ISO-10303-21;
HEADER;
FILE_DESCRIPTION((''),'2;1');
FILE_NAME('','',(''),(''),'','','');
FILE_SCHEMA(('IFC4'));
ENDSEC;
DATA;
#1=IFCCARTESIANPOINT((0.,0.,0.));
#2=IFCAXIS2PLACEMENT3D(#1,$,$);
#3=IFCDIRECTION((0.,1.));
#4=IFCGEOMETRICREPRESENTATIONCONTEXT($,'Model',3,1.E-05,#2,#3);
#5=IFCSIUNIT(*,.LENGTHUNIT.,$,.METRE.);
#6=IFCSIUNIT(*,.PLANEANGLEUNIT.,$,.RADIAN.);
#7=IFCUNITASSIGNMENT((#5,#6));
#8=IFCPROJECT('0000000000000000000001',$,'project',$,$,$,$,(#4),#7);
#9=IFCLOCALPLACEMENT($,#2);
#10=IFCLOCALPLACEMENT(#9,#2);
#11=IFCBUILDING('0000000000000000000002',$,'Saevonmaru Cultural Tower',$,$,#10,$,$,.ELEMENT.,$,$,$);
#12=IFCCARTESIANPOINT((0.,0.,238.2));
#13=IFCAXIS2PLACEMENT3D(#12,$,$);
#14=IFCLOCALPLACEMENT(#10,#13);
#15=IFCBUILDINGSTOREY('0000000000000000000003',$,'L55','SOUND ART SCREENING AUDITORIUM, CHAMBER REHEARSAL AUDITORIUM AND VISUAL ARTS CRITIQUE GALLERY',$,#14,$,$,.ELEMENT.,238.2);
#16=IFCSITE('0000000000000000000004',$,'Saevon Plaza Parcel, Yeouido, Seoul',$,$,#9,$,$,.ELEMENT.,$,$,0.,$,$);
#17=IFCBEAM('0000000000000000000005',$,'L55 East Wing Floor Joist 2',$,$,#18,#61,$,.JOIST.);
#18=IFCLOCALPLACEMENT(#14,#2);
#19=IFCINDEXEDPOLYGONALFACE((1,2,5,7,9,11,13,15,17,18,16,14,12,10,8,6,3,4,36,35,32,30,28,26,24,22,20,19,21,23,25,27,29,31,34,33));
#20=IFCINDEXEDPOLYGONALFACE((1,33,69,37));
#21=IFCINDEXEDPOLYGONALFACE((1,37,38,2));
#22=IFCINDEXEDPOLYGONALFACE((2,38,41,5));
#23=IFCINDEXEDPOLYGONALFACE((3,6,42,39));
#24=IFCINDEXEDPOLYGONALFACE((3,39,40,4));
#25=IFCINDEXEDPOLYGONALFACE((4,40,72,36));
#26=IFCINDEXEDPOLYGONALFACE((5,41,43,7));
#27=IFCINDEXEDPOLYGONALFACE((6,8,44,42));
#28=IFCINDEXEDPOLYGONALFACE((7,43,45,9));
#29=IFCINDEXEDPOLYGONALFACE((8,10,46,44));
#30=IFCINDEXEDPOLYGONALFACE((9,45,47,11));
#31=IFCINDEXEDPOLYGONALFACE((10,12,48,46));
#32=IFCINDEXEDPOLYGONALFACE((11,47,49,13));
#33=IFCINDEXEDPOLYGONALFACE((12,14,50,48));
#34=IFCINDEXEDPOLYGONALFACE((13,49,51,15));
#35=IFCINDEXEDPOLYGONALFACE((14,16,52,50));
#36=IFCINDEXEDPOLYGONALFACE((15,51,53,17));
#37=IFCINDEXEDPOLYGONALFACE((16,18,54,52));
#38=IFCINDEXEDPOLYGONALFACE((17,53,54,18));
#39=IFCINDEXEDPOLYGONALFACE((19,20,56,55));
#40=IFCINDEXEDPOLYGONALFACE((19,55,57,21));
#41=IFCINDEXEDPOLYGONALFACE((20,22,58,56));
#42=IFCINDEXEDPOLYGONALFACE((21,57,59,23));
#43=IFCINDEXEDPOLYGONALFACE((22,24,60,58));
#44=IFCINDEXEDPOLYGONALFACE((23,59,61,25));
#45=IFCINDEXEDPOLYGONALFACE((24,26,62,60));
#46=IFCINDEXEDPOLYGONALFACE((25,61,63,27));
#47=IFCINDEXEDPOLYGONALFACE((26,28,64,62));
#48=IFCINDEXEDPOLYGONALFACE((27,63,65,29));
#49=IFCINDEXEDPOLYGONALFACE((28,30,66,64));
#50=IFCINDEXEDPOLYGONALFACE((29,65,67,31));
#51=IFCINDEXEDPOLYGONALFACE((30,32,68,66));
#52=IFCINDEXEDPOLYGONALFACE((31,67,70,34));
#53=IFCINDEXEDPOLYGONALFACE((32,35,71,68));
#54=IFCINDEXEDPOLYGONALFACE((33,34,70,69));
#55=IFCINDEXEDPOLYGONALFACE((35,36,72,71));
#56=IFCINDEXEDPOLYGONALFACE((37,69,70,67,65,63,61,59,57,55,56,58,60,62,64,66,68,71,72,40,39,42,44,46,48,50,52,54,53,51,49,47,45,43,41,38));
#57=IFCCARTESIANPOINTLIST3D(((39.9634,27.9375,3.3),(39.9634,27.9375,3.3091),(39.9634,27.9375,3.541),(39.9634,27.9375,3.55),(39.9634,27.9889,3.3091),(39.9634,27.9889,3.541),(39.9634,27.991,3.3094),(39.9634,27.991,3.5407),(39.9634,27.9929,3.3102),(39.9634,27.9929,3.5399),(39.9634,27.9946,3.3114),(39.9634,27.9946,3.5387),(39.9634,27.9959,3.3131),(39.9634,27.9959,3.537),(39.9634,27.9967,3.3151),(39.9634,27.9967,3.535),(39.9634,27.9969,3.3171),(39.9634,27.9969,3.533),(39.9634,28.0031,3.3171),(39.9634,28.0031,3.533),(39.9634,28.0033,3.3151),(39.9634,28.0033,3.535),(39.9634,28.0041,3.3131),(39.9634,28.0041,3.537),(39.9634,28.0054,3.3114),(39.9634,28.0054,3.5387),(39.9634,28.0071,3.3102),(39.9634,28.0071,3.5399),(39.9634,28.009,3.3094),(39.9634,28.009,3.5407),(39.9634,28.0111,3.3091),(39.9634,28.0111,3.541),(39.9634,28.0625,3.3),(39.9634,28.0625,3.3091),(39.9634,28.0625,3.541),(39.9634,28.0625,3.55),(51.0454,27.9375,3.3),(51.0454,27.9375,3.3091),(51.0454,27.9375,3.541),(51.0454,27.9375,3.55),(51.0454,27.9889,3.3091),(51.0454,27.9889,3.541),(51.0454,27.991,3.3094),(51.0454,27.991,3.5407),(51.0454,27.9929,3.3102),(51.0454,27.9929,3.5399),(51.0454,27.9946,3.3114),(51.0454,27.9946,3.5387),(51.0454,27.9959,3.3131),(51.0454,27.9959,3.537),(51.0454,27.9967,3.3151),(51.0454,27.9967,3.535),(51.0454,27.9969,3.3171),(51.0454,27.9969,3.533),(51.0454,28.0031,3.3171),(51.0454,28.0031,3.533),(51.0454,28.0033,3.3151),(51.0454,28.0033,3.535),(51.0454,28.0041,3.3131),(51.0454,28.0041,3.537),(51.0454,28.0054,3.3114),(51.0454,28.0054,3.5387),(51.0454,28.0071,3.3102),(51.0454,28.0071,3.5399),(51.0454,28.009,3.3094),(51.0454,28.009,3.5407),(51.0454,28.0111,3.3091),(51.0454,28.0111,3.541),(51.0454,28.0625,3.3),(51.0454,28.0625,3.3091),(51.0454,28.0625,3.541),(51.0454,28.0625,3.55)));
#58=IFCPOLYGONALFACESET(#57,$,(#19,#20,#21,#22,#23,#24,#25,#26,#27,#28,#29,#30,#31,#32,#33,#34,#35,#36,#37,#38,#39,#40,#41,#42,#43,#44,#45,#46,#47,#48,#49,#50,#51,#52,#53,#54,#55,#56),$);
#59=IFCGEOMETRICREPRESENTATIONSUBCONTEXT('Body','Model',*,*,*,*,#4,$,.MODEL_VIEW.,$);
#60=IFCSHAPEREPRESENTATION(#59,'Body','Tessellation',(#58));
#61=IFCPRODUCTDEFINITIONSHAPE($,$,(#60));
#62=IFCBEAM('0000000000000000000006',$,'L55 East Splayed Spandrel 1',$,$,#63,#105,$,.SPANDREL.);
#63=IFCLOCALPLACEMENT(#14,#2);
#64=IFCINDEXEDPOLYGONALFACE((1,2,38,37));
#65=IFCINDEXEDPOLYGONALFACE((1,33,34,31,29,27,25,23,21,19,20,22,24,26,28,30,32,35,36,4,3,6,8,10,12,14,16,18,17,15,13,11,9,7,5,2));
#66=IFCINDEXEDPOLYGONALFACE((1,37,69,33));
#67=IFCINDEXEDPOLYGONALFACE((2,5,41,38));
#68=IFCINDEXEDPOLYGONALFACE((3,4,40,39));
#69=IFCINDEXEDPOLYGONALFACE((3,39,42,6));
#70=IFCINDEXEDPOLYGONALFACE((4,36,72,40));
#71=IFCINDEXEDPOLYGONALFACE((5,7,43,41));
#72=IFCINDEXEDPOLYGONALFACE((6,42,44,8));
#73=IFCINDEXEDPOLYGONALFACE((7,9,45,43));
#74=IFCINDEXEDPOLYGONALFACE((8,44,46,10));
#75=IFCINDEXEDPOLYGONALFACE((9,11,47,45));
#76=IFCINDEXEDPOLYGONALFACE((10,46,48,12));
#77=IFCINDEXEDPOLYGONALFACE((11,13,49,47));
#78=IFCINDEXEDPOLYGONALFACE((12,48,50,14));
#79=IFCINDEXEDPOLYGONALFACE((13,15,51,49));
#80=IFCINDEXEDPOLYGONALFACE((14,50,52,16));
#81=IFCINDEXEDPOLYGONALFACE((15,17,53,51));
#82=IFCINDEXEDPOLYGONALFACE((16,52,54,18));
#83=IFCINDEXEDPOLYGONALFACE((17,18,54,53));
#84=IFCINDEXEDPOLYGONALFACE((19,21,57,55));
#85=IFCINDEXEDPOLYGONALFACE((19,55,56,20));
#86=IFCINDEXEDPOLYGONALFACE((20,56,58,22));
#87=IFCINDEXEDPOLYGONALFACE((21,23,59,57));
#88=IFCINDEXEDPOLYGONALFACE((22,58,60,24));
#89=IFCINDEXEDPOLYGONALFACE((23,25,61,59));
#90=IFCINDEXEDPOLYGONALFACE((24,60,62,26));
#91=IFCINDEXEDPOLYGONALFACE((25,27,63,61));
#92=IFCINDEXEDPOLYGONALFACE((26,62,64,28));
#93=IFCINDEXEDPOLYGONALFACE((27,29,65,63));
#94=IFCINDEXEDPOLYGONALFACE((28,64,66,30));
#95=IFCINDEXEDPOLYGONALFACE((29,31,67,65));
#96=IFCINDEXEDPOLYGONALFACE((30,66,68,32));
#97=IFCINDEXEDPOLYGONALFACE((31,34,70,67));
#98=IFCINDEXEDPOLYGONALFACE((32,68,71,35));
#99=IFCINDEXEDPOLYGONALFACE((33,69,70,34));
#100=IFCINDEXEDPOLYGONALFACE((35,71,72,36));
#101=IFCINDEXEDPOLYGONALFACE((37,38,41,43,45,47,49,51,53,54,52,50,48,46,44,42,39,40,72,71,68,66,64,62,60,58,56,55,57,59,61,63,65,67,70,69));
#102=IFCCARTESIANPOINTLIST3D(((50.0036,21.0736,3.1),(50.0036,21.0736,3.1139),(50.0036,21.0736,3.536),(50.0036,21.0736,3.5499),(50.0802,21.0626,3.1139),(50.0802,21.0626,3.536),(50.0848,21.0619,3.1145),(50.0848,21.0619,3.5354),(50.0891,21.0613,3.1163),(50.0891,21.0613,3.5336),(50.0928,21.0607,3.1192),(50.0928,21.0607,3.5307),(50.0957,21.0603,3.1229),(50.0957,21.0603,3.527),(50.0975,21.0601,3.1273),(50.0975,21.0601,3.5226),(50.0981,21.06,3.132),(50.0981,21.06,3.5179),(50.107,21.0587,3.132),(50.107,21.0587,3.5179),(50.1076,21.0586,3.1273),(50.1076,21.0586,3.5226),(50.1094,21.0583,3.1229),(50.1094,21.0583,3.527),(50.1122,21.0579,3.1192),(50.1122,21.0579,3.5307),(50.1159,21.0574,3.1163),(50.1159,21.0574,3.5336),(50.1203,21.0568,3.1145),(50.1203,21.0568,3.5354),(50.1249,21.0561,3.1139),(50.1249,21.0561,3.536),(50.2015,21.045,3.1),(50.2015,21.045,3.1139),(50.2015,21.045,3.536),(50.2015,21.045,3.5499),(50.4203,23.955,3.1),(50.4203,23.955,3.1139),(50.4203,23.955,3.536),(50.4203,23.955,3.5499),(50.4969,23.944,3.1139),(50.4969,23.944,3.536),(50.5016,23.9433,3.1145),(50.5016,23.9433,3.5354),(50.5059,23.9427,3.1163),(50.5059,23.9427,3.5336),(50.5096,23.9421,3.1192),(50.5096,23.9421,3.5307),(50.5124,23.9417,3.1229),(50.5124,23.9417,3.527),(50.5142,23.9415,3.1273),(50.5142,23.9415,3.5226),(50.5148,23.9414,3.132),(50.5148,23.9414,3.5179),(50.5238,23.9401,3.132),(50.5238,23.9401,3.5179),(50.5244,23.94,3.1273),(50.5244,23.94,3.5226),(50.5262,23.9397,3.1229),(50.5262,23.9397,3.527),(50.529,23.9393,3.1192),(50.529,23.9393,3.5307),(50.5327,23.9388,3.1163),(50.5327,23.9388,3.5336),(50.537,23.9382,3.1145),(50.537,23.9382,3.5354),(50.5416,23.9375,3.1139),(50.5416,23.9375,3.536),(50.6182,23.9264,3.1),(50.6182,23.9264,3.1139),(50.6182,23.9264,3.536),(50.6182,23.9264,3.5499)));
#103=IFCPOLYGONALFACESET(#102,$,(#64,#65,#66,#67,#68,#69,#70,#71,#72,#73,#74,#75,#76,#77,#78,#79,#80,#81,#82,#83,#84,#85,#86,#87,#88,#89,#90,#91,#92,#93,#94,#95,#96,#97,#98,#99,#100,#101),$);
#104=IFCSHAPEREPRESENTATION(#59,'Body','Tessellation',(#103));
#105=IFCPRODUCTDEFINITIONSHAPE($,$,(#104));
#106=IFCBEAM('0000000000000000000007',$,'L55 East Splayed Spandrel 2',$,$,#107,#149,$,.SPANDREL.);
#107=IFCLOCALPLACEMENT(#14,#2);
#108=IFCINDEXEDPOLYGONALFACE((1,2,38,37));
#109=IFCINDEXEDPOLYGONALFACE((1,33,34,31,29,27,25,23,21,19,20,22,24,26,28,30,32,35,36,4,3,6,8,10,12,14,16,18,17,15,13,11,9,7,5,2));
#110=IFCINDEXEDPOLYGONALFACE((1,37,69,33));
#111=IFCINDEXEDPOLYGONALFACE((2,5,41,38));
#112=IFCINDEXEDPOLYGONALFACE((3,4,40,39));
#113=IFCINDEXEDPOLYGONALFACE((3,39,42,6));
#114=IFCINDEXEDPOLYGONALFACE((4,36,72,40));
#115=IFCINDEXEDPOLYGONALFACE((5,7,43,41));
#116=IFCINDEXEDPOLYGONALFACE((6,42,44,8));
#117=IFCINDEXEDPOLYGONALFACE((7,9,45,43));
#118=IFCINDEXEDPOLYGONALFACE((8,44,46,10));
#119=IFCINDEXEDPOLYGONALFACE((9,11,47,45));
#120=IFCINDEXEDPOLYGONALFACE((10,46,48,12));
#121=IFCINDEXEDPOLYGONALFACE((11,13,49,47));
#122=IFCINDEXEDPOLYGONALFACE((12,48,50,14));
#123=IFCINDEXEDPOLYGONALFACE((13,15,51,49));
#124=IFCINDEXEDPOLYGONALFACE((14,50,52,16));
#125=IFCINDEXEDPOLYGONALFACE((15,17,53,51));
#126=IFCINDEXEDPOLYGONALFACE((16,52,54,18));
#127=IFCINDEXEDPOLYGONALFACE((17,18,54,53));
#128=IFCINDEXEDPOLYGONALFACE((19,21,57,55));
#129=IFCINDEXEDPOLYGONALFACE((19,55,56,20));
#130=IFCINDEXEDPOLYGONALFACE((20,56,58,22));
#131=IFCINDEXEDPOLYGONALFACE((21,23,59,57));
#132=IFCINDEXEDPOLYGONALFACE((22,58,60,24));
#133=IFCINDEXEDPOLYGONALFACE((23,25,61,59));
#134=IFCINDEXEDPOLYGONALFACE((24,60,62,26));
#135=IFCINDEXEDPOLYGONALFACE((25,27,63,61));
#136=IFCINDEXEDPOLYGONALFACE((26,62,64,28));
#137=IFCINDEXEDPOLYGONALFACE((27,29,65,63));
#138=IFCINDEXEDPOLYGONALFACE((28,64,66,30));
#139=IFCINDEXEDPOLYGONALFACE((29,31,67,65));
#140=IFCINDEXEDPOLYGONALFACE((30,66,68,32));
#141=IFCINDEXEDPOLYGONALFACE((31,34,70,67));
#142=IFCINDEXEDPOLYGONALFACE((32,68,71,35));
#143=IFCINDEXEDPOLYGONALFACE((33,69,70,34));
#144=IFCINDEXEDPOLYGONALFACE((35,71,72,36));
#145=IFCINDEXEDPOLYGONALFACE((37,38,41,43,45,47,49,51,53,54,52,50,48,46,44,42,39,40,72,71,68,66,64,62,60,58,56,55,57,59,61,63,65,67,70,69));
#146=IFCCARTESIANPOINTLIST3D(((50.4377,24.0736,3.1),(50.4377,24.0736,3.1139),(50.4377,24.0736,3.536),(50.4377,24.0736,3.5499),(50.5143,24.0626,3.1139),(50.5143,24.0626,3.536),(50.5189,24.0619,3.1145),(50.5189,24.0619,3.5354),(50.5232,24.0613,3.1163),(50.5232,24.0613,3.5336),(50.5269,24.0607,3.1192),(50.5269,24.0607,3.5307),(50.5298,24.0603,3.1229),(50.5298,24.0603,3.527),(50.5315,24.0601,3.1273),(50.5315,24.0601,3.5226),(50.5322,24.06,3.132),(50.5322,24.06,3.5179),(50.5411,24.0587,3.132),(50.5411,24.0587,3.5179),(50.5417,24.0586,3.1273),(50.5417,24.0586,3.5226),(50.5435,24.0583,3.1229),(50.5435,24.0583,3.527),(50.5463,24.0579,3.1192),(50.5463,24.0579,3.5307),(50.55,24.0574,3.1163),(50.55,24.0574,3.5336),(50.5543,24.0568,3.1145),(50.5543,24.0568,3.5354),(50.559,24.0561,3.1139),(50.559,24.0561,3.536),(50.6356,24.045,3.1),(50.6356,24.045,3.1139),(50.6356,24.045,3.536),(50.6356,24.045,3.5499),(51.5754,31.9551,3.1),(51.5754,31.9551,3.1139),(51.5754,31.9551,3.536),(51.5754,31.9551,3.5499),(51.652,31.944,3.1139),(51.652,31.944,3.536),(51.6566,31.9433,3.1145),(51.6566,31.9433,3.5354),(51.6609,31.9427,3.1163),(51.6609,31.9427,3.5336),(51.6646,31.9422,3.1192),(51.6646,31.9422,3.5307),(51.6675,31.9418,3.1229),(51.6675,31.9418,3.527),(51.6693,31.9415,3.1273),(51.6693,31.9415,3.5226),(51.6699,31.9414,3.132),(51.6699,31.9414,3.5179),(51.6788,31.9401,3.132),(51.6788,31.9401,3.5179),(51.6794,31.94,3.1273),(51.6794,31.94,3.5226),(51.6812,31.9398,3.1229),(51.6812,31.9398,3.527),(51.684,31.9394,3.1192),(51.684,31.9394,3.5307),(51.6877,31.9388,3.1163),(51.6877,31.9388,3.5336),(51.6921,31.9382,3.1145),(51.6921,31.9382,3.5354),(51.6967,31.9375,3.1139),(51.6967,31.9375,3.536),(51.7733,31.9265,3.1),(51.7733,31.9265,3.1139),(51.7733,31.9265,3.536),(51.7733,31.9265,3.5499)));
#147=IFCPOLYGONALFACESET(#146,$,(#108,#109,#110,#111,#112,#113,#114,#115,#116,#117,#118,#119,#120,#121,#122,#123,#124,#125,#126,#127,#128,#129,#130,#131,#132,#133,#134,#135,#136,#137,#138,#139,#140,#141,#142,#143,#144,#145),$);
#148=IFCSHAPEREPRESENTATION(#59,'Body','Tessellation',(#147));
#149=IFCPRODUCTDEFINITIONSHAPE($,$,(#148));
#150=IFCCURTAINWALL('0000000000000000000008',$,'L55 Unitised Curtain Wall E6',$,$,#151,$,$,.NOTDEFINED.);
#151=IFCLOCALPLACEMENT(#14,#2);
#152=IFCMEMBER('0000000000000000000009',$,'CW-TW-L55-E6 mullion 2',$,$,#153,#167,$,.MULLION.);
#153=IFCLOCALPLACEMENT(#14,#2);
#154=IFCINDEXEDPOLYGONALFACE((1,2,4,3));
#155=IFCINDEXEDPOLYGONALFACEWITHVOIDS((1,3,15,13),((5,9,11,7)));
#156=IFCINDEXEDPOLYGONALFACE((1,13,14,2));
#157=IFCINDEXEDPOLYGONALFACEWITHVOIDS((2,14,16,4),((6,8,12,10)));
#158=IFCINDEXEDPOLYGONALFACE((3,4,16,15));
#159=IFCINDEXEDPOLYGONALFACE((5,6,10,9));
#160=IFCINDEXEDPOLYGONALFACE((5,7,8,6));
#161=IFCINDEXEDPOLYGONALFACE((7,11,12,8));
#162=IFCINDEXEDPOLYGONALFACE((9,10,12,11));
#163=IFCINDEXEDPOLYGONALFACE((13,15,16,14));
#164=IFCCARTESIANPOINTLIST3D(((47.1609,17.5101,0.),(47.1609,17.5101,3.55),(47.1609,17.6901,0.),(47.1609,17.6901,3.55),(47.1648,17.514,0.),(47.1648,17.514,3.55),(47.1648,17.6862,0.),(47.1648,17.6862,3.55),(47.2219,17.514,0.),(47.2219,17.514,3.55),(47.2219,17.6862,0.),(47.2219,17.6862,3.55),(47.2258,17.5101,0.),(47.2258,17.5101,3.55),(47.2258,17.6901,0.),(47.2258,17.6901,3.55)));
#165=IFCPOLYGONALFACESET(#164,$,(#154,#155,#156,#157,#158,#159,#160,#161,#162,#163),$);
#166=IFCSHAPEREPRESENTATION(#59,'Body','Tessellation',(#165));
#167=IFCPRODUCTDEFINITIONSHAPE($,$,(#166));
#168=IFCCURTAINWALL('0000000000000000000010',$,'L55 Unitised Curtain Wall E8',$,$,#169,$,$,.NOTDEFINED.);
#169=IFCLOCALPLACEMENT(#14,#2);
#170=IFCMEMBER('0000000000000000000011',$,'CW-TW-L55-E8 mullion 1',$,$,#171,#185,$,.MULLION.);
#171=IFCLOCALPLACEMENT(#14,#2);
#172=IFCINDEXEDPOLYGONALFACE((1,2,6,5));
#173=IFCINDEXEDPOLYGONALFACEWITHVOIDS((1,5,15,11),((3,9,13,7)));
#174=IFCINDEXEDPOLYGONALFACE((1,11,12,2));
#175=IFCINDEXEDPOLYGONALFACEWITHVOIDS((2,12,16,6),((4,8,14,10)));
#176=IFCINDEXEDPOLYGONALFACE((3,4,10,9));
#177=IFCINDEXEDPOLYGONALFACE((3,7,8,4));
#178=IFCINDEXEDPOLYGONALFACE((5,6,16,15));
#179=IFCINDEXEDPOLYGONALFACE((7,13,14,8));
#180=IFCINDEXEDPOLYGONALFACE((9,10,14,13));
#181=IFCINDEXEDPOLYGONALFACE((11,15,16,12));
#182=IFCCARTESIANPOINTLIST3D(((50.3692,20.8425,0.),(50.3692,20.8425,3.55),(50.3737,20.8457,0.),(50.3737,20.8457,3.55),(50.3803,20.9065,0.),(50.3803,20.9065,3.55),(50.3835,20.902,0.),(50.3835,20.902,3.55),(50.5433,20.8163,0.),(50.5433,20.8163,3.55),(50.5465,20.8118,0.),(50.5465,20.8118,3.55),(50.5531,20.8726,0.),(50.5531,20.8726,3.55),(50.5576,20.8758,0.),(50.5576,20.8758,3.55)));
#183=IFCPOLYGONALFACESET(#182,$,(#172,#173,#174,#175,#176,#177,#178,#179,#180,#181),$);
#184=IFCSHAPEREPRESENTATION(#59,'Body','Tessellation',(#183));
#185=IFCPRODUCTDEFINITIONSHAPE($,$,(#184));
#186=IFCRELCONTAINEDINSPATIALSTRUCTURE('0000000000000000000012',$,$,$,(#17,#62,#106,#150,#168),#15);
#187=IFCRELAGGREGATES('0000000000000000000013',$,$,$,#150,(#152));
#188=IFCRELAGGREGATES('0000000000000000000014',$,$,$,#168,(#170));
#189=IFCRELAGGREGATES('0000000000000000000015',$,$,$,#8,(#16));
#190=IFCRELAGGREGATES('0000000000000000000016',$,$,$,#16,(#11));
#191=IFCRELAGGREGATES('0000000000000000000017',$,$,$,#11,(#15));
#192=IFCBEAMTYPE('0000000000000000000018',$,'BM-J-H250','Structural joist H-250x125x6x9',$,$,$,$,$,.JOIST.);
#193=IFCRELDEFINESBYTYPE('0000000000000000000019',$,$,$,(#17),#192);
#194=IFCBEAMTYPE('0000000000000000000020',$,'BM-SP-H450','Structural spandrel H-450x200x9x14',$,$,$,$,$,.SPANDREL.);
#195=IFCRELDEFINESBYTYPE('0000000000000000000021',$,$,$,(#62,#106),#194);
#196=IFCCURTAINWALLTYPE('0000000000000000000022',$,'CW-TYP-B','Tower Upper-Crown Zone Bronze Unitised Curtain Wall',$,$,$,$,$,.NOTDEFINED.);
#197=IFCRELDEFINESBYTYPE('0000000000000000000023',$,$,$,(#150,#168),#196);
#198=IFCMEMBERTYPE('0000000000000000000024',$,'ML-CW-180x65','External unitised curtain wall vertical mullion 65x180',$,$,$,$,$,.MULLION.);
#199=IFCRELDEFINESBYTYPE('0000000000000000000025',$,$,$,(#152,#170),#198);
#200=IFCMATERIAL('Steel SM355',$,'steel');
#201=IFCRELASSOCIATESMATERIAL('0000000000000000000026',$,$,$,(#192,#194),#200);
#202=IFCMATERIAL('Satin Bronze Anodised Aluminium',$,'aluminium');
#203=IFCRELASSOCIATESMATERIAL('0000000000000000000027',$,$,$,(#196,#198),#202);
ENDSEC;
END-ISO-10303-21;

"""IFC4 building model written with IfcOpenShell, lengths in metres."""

from ifc_helpers import new_model, si_unit, direction, frame, origin, origin_2d, place, context, subcontext, project, spatial, hollow_rectangle, i_section, extrude, material, material_profile, profile_set, type_object, element, aggregate, save


model = new_model("IFC4")

# Units and contexts
model_context = context("Model", 3, precision=1e-05, world=origin(), true_north=direction((0.0, 1.0)))
body_context = subcontext(model_context, "Body", "Model", "MODEL_VIEW")
ifc_project = project(units=[si_unit("LENGTHUNIT", "METRE"), si_unit("PLANEANGLEUNIT", "RADIAN")], contexts=[model_context])

# Site, building, storey
site_placement = place(None, origin())
site = spatial("IfcSite", under=ifc_project, at=site_placement, Name="Saevon Plaza Parcel, Yeouido, Seoul", CompositionType="ELEMENT", RefElevation=0.0)
building_placement = place(site_placement, origin())
building = spatial("IfcBuilding", under=site, at=building_placement, Name="Saevonmaru Cultural Tower", CompositionType="ELEMENT")
storey_placement = place(building_placement, frame((0.0, 0.0, 238.2)))
storey = spatial("IfcBuildingStorey", under=building, at=storey_placement, Name="L55", Description="SOUND ART SCREENING AUDITORIUM, CHAMBER REHEARSAL AUDITORIUM AND VISUAL ARTS CRITIQUE GALLERY", CompositionType="ELEMENT", Elevation=238.2)

# Shared definitions
ifc_material_1 = material(Name="Steel SM355", Category="steel")

# Beams
ifc_material_profile_1 = material_profile(ifc_material_1, i_section(OverallWidth=0.125, OverallDepth=0.25, WebThickness=0.0061, FlangeThickness=0.009, FilletRadius=0.0081, at=origin_2d()), Name="H-250x125x6x9")
ifc_profile_set_1 = profile_set([ifc_material_profile_1], Name="Steel SM355")
beam_type_1 = type_object("IfcBeamType", Name="BM-J-H250", Description="Structural joist H-250x125x6x9", PredefinedType="JOIST", material=ifc_profile_set_1)
beam_1_placement = place(storey_placement, frame((39.9634, 28.0, 3.425), z_axis=(1.0, 0.0, 0.0), x_axis=(0.0, 1.0, 0.0)))
element("IfcBeam", 1, at=beam_1_placement, inside=storey, type_object=beam_type_1, Name="L55 East Wing Floor Joist 2", PredefinedType="JOIST", context=body_context, shape_type="SweptSolid", body=[
    extrude(i_section(OverallWidth=0.125, OverallDepth=0.25, WebThickness=0.0061, FlangeThickness=0.009, FilletRadius=0.0081, at=origin_2d()), origin(), (0.0, 0.0, 1.0), 11.082),
])
ifc_material_profile_2 = material_profile(ifc_material_1, i_section(OverallWidth=0.2, OverallDepth=0.45, WebThickness=0.009, FlangeThickness=0.0139, FilletRadius=0.0181, at=origin_2d()), Name="H-450x200x9x14")
ifc_profile_set_2 = profile_set([ifc_material_profile_2], Name="Steel SM355")
beam_type_2 = type_object("IfcBeamType", Name="BM-SP-H450", Description="Structural spandrel H-450x200x9x14", PredefinedType="SPANDREL", material=ifc_profile_set_2)
beam_2_placement = place(storey_placement, frame((50.1025, 21.0593, 3.325), z_axis=(0.143147, 0.989701, 0.0), x_axis=(-0.989701, 0.143147, 0.0)))
element("IfcBeam", 2, at=beam_2_placement, inside=storey, type_object=beam_type_2, Name="L55 East Splayed Spandrel 1", PredefinedType="SPANDREL", context=body_context, shape_type="SweptSolid", body=[
    extrude(i_section(OverallWidth=0.2, OverallDepth=0.45, WebThickness=0.009, FlangeThickness=0.0139, FilletRadius=0.0181, at=origin_2d()), origin(), (0.0, 0.0, 1.0), 2.9114),
])
beam_3_placement = place(storey_placement, frame((50.5366, 24.0593, 3.325), z_axis=(0.142872, 0.989741, 0.0), x_axis=(-0.989741, 0.142872, 0.0)))
element("IfcBeam", 3, at=beam_3_placement, inside=storey, type_object=beam_type_2, Name="L55 East Splayed Spandrel 2", PredefinedType="SPANDREL", context=body_context, shape_type="SweptSolid", body=[
    extrude(i_section(OverallWidth=0.2, OverallDepth=0.45, WebThickness=0.009, FlangeThickness=0.0139, FilletRadius=0.0181, at=origin_2d()), origin(), (0.0, 0.0, 1.0), 7.9631),
])

# Curtain wall, member
ifc_material_2 = material(Name="Satin Bronze Anodised Aluminium", Category="aluminium")
curtain_wall_type = type_object("IfcCurtainWallType", Name="CW-TYP-B", Description="Tower Upper-Crown Zone Bronze Unitised Curtain Wall", PredefinedType="NOTDEFINED", material=ifc_material_2)
curtain_wall_1_placement = place(storey_placement, origin())
curtain_wall_1 = element("IfcCurtainWall", 4, at=curtain_wall_1_placement, inside=storey, type_object=curtain_wall_type, Name="L55 Unitised Curtain Wall E6", PredefinedType="NOTDEFINED")
ifc_material_profile_3 = material_profile(ifc_material_2, hollow_rectangle(XDim=0.0649, YDim=0.1799, WallThickness=0.0039, at=origin_2d()), Name="ALU-MULL-180x65x4")
ifc_profile_set_3 = profile_set([ifc_material_profile_3], Name="Satin Bronze Anodised Aluminium")
member_type_1 = type_object("IfcMemberType", Name="ML-CW-180x65", Description="External unitised curtain wall vertical mullion 65x180", PredefinedType="MULLION", material=ifc_profile_set_3)
member_1_placement = place(storey_placement, frame((47.1934, 17.6001, 0.0), z_axis=(0.0, 0.0, 1.0), x_axis=(1.0, 0.0, 0.0)))
member_1 = element("IfcMember", 5, at=member_1_placement, type_object=member_type_1, Name="CW-TW-L55-E6 mullion 2", PredefinedType="MULLION", context=body_context, shape_type="SweptSolid", body=[
    extrude(hollow_rectangle(XDim=0.0649, YDim=0.1799, WallThickness=0.0039, at=origin_2d()), origin(), (0.0, 0.0, 1.0), 3.55),
])

# Curtain wall, member
curtain_wall_2_placement = place(storey_placement, origin())
curtain_wall_2 = element("IfcCurtainWall", 6, at=curtain_wall_2_placement, inside=storey, type_object=curtain_wall_type, Name="L55 Unitised Curtain Wall E8", PredefinedType="NOTDEFINED")
member_2_placement = place(storey_placement, frame((50.4634, 20.8591, 0.0), z_axis=(0.0, 0.0, 1.0), x_axis=(0.17079, 0.985307, 0.0)))
member_2 = element("IfcMember", 7, at=member_2_placement, type_object=member_type_1, Name="CW-TW-L55-E8 mullion 1", PredefinedType="MULLION", context=body_context, shape_type="SweptSolid", body=[
    extrude(hollow_rectangle(XDim=0.0649, YDim=0.1799, WallThickness=0.0039, at=origin_2d()), origin(), (0.0, 0.0, 1.0), 3.55),
])

aggregate(curtain_wall_1, [member_1])
aggregate(curtain_wall_2, [member_2])

save(model, "model.ifc")
